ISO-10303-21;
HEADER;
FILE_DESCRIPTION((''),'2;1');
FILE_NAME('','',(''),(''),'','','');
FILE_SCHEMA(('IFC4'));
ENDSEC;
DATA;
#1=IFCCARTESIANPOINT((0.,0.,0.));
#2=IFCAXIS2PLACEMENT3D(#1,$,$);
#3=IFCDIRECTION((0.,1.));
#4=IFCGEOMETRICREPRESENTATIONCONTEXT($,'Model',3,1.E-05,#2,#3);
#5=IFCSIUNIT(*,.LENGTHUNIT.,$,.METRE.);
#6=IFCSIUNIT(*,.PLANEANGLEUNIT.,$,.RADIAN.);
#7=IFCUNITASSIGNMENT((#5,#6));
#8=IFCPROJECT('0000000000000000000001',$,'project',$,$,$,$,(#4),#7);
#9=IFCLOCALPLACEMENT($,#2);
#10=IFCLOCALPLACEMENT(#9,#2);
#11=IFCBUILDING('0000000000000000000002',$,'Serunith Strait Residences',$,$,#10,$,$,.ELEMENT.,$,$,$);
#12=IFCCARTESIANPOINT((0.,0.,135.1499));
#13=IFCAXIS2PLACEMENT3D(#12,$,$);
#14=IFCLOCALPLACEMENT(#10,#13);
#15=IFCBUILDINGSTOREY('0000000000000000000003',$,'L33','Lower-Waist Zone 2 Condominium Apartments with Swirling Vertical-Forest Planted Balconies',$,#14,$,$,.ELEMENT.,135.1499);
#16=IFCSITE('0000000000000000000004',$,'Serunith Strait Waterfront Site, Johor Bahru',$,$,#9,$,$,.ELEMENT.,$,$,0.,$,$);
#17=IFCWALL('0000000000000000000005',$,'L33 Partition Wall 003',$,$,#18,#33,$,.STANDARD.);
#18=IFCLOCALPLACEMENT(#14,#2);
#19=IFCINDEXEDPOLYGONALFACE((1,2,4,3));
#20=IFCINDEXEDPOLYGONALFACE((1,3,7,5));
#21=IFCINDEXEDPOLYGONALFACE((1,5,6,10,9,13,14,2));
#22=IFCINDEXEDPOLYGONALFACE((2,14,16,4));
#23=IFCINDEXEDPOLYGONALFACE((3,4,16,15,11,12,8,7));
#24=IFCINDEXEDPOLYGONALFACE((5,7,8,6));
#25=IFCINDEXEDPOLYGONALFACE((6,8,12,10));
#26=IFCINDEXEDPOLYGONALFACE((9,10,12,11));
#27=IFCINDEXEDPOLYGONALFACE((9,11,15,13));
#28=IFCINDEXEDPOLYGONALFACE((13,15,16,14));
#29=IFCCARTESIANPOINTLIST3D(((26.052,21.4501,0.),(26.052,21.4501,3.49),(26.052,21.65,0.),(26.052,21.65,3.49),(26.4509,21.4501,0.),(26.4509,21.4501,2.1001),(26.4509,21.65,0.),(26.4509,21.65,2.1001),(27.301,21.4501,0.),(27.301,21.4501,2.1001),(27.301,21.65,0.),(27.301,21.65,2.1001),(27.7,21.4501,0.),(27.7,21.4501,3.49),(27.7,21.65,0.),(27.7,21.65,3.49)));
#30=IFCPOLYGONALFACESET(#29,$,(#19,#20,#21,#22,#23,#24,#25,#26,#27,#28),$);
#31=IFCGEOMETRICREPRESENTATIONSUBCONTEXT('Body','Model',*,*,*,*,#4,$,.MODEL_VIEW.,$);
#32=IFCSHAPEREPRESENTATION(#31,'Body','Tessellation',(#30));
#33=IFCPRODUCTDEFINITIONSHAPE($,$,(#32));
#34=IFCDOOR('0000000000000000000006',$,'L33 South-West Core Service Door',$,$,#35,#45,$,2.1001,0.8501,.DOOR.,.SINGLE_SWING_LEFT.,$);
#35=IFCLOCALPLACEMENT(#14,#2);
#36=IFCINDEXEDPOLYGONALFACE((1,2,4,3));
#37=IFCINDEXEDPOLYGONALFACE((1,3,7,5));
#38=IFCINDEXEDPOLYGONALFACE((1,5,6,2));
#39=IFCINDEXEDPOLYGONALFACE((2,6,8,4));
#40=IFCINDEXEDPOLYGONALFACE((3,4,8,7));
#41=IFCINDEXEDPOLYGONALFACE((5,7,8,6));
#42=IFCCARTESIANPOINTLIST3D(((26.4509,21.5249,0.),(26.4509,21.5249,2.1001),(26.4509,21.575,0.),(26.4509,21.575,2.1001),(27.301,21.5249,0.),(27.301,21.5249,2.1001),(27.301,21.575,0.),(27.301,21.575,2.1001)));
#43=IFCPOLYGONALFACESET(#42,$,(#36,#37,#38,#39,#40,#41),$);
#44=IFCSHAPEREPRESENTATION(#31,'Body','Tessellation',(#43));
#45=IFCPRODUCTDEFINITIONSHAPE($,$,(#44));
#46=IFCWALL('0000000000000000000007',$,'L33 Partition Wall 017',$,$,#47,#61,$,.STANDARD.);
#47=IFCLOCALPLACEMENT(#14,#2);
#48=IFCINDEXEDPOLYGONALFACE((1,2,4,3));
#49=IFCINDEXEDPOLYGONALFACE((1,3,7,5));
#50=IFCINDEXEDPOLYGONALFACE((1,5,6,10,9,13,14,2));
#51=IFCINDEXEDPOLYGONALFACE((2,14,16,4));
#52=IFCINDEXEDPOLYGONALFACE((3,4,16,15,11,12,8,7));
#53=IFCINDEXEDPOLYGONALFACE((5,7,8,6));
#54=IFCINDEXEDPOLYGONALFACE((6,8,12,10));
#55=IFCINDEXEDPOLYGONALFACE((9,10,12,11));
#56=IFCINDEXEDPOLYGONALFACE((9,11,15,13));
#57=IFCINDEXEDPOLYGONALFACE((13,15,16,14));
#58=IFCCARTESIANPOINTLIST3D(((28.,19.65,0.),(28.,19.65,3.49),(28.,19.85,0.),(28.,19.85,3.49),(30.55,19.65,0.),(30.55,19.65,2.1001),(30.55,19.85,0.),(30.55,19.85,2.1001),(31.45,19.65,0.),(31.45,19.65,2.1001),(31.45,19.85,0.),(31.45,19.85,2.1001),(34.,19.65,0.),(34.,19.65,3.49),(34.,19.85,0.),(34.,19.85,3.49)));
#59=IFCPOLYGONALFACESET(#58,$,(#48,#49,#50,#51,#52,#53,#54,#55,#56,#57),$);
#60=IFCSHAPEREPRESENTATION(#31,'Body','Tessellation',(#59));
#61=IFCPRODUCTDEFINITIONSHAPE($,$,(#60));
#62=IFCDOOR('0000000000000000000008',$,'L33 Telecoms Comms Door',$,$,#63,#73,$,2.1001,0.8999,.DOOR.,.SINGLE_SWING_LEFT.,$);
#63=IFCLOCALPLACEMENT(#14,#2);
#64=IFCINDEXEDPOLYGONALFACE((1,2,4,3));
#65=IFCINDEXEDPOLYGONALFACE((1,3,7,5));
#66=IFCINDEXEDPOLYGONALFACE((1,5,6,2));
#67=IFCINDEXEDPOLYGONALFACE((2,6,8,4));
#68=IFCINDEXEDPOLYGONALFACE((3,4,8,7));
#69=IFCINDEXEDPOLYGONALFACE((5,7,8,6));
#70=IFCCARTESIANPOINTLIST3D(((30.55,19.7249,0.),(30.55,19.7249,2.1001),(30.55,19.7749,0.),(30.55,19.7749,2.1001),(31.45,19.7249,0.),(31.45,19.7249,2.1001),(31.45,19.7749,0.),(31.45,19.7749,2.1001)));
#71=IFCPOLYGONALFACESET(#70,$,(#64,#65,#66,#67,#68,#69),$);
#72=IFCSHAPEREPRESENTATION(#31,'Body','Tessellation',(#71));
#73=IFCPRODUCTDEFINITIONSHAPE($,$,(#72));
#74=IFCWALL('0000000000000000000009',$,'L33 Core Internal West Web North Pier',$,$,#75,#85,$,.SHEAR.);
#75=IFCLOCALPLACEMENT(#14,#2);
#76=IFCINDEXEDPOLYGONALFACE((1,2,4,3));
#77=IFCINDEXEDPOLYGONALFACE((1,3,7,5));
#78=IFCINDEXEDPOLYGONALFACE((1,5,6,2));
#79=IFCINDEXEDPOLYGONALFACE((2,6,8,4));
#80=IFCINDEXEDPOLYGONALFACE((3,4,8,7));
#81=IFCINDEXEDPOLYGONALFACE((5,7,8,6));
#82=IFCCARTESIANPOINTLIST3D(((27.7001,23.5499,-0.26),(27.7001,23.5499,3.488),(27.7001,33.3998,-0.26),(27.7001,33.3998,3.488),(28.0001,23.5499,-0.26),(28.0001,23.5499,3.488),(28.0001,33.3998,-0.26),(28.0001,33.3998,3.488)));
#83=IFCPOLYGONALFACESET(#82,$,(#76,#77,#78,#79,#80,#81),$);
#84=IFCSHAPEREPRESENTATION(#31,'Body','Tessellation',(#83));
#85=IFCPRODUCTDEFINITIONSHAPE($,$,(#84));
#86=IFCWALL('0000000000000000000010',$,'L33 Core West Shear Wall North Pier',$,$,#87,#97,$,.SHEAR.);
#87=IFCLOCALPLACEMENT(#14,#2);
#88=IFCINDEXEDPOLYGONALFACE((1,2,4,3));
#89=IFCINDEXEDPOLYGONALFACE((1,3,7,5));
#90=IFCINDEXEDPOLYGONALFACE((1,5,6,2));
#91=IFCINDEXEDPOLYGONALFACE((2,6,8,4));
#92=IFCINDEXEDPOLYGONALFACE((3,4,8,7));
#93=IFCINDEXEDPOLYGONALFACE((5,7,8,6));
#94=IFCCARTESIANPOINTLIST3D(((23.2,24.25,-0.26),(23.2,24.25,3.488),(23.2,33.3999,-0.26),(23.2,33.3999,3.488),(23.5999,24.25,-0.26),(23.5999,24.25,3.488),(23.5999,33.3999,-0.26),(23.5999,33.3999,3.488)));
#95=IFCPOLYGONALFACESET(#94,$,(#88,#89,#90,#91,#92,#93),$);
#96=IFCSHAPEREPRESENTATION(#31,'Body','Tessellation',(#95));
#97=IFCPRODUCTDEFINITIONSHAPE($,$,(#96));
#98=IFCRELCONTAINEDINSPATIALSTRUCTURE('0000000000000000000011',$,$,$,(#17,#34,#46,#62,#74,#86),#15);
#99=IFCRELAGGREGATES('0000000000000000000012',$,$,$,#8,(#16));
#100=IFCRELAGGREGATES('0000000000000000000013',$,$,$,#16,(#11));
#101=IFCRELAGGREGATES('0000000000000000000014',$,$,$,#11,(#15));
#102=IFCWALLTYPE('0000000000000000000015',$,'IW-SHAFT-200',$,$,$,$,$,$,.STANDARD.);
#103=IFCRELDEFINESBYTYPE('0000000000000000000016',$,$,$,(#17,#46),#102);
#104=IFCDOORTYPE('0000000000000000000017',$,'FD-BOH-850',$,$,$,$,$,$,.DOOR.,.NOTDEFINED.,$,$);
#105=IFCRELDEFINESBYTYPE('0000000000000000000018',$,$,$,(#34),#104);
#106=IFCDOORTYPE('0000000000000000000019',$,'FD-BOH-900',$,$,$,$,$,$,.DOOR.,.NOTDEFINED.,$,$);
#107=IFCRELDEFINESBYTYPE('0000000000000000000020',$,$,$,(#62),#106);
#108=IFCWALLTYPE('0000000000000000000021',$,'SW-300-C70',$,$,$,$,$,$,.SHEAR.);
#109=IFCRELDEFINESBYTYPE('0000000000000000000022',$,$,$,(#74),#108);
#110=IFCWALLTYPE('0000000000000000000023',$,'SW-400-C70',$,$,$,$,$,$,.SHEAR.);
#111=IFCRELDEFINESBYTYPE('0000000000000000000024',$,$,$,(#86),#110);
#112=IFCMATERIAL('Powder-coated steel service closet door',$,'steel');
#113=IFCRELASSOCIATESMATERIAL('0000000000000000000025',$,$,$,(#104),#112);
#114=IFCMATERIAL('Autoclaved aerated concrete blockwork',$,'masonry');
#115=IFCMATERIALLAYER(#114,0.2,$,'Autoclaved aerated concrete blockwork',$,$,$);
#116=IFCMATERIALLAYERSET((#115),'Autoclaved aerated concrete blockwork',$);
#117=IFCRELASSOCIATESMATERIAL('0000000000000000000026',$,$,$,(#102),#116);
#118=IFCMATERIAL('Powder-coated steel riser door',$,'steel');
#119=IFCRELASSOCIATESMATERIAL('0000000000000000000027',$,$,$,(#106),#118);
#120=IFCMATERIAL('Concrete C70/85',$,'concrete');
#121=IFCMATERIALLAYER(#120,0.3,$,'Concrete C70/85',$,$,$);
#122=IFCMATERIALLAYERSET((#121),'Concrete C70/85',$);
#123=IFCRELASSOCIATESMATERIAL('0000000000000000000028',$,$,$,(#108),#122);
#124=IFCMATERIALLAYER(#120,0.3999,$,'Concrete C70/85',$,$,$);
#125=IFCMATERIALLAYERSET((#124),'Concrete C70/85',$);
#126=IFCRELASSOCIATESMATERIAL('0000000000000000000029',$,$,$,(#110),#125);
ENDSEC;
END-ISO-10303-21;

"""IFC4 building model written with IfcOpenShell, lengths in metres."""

from ifc_helpers import new_model, si_unit, direction, frame, frame_2d, origin, place, context, subcontext, project, spatial, rectangle, extrude, source, transform, mapped, material, layer, layer_set, type_object, element, fill, save


model = new_model("IFC4")

# Units and contexts
model_context = context("Model", 3, precision=1e-05, world=origin(), true_north=direction((0.0, 1.0)))
body_context = subcontext(model_context, "Body", "Model", "MODEL_VIEW")
ifc_project = project(units=[si_unit("LENGTHUNIT", "METRE"), si_unit("PLANEANGLEUNIT", "RADIAN")], contexts=[model_context])

# Site, building, storey
site_placement = place(None, origin())
site = spatial("IfcSite", under=ifc_project, at=site_placement, Name="Serunith Strait Waterfront Site, Johor Bahru", CompositionType="ELEMENT", RefElevation=0.0)
building_placement = place(site_placement, origin())
building = spatial("IfcBuilding", under=site, at=building_placement, Name="Serunith Strait Residences", CompositionType="ELEMENT")
storey_placement = place(building_placement, frame((0.0, 0.0, 135.1499)))
storey = spatial("IfcBuildingStorey", under=building, at=storey_placement, Name="L33", Description="Lower-Waist Zone 2 Condominium Apartments with Swirling Vertical-Forest Planted Balconies", CompositionType="ELEMENT", Elevation=135.1499)

# Shared definitions
ifc_material_1 = material(Name="Powder-coated steel service closet door", Category="steel")
door_type_1 = type_object("IfcDoorType", Name="FD-BOH-850", OperationType="NOTDEFINED", PredefinedType="DOOR", material=ifc_material_1)
shared_shape_1 = source(origin(), body_context, "Body", "SweptSolid", [
    extrude(rectangle(XDim=0.8501, YDim=2.1001, at=frame_2d((0.425, 1.05))), frame((0.0, 0.0249, 0.0), z_axis=(0.0, -1.0, 0.0), x_axis=(1.0, 0.0, 0.0)), (0.0, 0.0, 1.0), 0.05),
])
ifc_material_2 = material(Name="Autoclaved aerated concrete blockwork", Category="masonry")
ifc_layer_1 = layer(ifc_material_2, 0.2, Name="Autoclaved aerated concrete blockwork")
ifc_layer_set_1 = layer_set([ifc_layer_1], Name="Autoclaved aerated concrete blockwork")
wall_type_1 = type_object("IfcWallType", Name="IW-SHAFT-200", PredefinedType="STANDARD", material=ifc_layer_set_1)

# Walls, openings, doors
wall_1_placement = place(storey_placement, frame((26.052, 21.55, 0.0), z_axis=(0.0, 0.0, 1.0), x_axis=(1.0, 0.0, 0.0)))
wall_1 = element("IfcWall", 1, at=wall_1_placement, inside=storey, type_object=wall_type_1, Name="L33 Partition Wall 003", PredefinedType="STANDARD", context=body_context, shape_type="SweptSolid", body=[
    extrude(rectangle(XDim=1.6479, YDim=0.2, at=frame_2d((0.824, 0.0))), origin(), (0.0, 0.0, 1.0), 3.49),
])
opening_1_placement = place(wall_1_placement, frame((0.3989, 0.0, 0.0)))
opening_1 = element("IfcOpeningElement", 2, at=opening_1_placement, cuts=wall_1, PredefinedType="OPENING", context=body_context, shape_type="SweptSolid", body=[
    extrude(rectangle(XDim=0.8501, YDim=2.1001, at=frame_2d((0.425, 1.05))), frame((0.0, 0.1099, 0.0), z_axis=(0.0, -1.0, 0.0), x_axis=(1.0, 0.0, 0.0)), (0.0, 0.0, 1.0), 0.22),
])
door_1_placement = place(opening_1_placement, origin())
door_1 = element("IfcDoor", 3, at=door_1_placement, inside=storey, type_object=door_type_1, Name="L33 South-West Core Service Door", OperationType="SINGLE_SWING_LEFT", OverallHeight=2.1001, OverallWidth=0.8501, PredefinedType="DOOR", context=body_context, shape_type="MappedRepresentation", body=[
    mapped(shared_shape_1, transform((0.0, 0.0, 0.0), scale=1.0)),
])
fill(opening_1, door_1)
wall_2_placement = place(storey_placement, frame((28.0, 19.75, 0.0), z_axis=(0.0, 0.0, 1.0), x_axis=(1.0, 0.0, 0.0)))
wall_2 = element("IfcWall", 4, at=wall_2_placement, inside=storey, type_object=wall_type_1, Name="L33 Partition Wall 017", PredefinedType="STANDARD", context=body_context, shape_type="SweptSolid", body=[
    extrude(rectangle(XDim=6.0, YDim=0.2, at=frame_2d((3.0, 0.0))), origin(), (0.0, 0.0, 1.0), 3.49),
])
opening_2_placement = place(wall_2_placement, frame((2.55, 0.0, 0.0)))
opening_2 = element("IfcOpeningElement", 5, at=opening_2_placement, cuts=wall_2, PredefinedType="OPENING", context=body_context, shape_type="SweptSolid", body=[
    extrude(rectangle(XDim=0.8999, YDim=2.1001, at=frame_2d((0.45, 1.05))), frame((0.0, 0.1099, 0.0), z_axis=(0.0, -1.0, 0.0), x_axis=(1.0, 0.0, 0.0)), (0.0, 0.0, 1.0), 0.22),
])
ifc_material_3 = material(Name="Powder-coated steel riser door", Category="steel")
door_type_2 = type_object("IfcDoorType", Name="FD-BOH-900", OperationType="NOTDEFINED", PredefinedType="DOOR", material=ifc_material_3)
shared_shape_2 = source(origin(), body_context, "Body", "SweptSolid", [
    extrude(rectangle(XDim=0.8999, YDim=2.1001, at=frame_2d((0.45, 1.05))), frame((0.0, 0.0249, 0.0), z_axis=(0.0, -1.0, 0.0), x_axis=(1.0, 0.0, 0.0)), (0.0, 0.0, 1.0), 0.05),
])
door_2_placement = place(opening_2_placement, origin())
door_2 = element("IfcDoor", 6, at=door_2_placement, inside=storey, type_object=door_type_2, Name="L33 Telecoms Comms Door", OperationType="SINGLE_SWING_LEFT", OverallHeight=2.1001, OverallWidth=0.8999, PredefinedType="DOOR", context=body_context, shape_type="MappedRepresentation", body=[
    mapped(shared_shape_2, transform((0.0, 0.0, 0.0), scale=1.0)),
])
fill(opening_2, door_2)

# Walls
ifc_material_4 = material(Name="Concrete C70/85", Category="concrete")
ifc_layer_2 = layer(ifc_material_4, 0.3, Name="Concrete C70/85")
ifc_layer_set_2 = layer_set([ifc_layer_2], Name="Concrete C70/85")
wall_type_2 = type_object("IfcWallType", Name="SW-300-C70", PredefinedType="SHEAR", material=ifc_layer_set_2)
wall_3_placement = place(storey_placement, frame((27.8501, 23.55, -0.26), z_axis=(0.0, 0.0, 1.0), x_axis=(0.0, 1.0, 0.0)))
element("IfcWall", 7, at=wall_3_placement, inside=storey, type_object=wall_type_2, Name="L33 Core Internal West Web North Pier", PredefinedType="SHEAR", context=body_context, shape_type="SweptSolid", body=[
    extrude(rectangle(XDim=9.8499, YDim=0.3, at=frame_2d((4.9248, 0.0))), origin(), (0.0, 0.0, 1.0), 3.748),
])
ifc_layer_3 = layer(ifc_material_4, 0.3999, Name="Concrete C70/85")
ifc_layer_set_3 = layer_set([ifc_layer_3], Name="Concrete C70/85")
wall_type_3 = type_object("IfcWallType", Name="SW-400-C70", PredefinedType="SHEAR", material=ifc_layer_set_3)
wall_4_placement = place(storey_placement, frame((23.3999, 24.25, -0.26), z_axis=(0.0, 0.0, 1.0), x_axis=(0.0, 1.0, 0.0)))
element("IfcWall", 8, at=wall_4_placement, inside=storey, type_object=wall_type_3, Name="L33 Core West Shear Wall North Pier", PredefinedType="SHEAR", context=body_context, shape_type="SweptSolid", body=[
    extrude(rectangle(XDim=9.1499, YDim=0.3999, at=frame_2d((4.575, 0.0))), origin(), (0.0, 0.0, 1.0), 3.748),
])

save(model, "model.ifc")
